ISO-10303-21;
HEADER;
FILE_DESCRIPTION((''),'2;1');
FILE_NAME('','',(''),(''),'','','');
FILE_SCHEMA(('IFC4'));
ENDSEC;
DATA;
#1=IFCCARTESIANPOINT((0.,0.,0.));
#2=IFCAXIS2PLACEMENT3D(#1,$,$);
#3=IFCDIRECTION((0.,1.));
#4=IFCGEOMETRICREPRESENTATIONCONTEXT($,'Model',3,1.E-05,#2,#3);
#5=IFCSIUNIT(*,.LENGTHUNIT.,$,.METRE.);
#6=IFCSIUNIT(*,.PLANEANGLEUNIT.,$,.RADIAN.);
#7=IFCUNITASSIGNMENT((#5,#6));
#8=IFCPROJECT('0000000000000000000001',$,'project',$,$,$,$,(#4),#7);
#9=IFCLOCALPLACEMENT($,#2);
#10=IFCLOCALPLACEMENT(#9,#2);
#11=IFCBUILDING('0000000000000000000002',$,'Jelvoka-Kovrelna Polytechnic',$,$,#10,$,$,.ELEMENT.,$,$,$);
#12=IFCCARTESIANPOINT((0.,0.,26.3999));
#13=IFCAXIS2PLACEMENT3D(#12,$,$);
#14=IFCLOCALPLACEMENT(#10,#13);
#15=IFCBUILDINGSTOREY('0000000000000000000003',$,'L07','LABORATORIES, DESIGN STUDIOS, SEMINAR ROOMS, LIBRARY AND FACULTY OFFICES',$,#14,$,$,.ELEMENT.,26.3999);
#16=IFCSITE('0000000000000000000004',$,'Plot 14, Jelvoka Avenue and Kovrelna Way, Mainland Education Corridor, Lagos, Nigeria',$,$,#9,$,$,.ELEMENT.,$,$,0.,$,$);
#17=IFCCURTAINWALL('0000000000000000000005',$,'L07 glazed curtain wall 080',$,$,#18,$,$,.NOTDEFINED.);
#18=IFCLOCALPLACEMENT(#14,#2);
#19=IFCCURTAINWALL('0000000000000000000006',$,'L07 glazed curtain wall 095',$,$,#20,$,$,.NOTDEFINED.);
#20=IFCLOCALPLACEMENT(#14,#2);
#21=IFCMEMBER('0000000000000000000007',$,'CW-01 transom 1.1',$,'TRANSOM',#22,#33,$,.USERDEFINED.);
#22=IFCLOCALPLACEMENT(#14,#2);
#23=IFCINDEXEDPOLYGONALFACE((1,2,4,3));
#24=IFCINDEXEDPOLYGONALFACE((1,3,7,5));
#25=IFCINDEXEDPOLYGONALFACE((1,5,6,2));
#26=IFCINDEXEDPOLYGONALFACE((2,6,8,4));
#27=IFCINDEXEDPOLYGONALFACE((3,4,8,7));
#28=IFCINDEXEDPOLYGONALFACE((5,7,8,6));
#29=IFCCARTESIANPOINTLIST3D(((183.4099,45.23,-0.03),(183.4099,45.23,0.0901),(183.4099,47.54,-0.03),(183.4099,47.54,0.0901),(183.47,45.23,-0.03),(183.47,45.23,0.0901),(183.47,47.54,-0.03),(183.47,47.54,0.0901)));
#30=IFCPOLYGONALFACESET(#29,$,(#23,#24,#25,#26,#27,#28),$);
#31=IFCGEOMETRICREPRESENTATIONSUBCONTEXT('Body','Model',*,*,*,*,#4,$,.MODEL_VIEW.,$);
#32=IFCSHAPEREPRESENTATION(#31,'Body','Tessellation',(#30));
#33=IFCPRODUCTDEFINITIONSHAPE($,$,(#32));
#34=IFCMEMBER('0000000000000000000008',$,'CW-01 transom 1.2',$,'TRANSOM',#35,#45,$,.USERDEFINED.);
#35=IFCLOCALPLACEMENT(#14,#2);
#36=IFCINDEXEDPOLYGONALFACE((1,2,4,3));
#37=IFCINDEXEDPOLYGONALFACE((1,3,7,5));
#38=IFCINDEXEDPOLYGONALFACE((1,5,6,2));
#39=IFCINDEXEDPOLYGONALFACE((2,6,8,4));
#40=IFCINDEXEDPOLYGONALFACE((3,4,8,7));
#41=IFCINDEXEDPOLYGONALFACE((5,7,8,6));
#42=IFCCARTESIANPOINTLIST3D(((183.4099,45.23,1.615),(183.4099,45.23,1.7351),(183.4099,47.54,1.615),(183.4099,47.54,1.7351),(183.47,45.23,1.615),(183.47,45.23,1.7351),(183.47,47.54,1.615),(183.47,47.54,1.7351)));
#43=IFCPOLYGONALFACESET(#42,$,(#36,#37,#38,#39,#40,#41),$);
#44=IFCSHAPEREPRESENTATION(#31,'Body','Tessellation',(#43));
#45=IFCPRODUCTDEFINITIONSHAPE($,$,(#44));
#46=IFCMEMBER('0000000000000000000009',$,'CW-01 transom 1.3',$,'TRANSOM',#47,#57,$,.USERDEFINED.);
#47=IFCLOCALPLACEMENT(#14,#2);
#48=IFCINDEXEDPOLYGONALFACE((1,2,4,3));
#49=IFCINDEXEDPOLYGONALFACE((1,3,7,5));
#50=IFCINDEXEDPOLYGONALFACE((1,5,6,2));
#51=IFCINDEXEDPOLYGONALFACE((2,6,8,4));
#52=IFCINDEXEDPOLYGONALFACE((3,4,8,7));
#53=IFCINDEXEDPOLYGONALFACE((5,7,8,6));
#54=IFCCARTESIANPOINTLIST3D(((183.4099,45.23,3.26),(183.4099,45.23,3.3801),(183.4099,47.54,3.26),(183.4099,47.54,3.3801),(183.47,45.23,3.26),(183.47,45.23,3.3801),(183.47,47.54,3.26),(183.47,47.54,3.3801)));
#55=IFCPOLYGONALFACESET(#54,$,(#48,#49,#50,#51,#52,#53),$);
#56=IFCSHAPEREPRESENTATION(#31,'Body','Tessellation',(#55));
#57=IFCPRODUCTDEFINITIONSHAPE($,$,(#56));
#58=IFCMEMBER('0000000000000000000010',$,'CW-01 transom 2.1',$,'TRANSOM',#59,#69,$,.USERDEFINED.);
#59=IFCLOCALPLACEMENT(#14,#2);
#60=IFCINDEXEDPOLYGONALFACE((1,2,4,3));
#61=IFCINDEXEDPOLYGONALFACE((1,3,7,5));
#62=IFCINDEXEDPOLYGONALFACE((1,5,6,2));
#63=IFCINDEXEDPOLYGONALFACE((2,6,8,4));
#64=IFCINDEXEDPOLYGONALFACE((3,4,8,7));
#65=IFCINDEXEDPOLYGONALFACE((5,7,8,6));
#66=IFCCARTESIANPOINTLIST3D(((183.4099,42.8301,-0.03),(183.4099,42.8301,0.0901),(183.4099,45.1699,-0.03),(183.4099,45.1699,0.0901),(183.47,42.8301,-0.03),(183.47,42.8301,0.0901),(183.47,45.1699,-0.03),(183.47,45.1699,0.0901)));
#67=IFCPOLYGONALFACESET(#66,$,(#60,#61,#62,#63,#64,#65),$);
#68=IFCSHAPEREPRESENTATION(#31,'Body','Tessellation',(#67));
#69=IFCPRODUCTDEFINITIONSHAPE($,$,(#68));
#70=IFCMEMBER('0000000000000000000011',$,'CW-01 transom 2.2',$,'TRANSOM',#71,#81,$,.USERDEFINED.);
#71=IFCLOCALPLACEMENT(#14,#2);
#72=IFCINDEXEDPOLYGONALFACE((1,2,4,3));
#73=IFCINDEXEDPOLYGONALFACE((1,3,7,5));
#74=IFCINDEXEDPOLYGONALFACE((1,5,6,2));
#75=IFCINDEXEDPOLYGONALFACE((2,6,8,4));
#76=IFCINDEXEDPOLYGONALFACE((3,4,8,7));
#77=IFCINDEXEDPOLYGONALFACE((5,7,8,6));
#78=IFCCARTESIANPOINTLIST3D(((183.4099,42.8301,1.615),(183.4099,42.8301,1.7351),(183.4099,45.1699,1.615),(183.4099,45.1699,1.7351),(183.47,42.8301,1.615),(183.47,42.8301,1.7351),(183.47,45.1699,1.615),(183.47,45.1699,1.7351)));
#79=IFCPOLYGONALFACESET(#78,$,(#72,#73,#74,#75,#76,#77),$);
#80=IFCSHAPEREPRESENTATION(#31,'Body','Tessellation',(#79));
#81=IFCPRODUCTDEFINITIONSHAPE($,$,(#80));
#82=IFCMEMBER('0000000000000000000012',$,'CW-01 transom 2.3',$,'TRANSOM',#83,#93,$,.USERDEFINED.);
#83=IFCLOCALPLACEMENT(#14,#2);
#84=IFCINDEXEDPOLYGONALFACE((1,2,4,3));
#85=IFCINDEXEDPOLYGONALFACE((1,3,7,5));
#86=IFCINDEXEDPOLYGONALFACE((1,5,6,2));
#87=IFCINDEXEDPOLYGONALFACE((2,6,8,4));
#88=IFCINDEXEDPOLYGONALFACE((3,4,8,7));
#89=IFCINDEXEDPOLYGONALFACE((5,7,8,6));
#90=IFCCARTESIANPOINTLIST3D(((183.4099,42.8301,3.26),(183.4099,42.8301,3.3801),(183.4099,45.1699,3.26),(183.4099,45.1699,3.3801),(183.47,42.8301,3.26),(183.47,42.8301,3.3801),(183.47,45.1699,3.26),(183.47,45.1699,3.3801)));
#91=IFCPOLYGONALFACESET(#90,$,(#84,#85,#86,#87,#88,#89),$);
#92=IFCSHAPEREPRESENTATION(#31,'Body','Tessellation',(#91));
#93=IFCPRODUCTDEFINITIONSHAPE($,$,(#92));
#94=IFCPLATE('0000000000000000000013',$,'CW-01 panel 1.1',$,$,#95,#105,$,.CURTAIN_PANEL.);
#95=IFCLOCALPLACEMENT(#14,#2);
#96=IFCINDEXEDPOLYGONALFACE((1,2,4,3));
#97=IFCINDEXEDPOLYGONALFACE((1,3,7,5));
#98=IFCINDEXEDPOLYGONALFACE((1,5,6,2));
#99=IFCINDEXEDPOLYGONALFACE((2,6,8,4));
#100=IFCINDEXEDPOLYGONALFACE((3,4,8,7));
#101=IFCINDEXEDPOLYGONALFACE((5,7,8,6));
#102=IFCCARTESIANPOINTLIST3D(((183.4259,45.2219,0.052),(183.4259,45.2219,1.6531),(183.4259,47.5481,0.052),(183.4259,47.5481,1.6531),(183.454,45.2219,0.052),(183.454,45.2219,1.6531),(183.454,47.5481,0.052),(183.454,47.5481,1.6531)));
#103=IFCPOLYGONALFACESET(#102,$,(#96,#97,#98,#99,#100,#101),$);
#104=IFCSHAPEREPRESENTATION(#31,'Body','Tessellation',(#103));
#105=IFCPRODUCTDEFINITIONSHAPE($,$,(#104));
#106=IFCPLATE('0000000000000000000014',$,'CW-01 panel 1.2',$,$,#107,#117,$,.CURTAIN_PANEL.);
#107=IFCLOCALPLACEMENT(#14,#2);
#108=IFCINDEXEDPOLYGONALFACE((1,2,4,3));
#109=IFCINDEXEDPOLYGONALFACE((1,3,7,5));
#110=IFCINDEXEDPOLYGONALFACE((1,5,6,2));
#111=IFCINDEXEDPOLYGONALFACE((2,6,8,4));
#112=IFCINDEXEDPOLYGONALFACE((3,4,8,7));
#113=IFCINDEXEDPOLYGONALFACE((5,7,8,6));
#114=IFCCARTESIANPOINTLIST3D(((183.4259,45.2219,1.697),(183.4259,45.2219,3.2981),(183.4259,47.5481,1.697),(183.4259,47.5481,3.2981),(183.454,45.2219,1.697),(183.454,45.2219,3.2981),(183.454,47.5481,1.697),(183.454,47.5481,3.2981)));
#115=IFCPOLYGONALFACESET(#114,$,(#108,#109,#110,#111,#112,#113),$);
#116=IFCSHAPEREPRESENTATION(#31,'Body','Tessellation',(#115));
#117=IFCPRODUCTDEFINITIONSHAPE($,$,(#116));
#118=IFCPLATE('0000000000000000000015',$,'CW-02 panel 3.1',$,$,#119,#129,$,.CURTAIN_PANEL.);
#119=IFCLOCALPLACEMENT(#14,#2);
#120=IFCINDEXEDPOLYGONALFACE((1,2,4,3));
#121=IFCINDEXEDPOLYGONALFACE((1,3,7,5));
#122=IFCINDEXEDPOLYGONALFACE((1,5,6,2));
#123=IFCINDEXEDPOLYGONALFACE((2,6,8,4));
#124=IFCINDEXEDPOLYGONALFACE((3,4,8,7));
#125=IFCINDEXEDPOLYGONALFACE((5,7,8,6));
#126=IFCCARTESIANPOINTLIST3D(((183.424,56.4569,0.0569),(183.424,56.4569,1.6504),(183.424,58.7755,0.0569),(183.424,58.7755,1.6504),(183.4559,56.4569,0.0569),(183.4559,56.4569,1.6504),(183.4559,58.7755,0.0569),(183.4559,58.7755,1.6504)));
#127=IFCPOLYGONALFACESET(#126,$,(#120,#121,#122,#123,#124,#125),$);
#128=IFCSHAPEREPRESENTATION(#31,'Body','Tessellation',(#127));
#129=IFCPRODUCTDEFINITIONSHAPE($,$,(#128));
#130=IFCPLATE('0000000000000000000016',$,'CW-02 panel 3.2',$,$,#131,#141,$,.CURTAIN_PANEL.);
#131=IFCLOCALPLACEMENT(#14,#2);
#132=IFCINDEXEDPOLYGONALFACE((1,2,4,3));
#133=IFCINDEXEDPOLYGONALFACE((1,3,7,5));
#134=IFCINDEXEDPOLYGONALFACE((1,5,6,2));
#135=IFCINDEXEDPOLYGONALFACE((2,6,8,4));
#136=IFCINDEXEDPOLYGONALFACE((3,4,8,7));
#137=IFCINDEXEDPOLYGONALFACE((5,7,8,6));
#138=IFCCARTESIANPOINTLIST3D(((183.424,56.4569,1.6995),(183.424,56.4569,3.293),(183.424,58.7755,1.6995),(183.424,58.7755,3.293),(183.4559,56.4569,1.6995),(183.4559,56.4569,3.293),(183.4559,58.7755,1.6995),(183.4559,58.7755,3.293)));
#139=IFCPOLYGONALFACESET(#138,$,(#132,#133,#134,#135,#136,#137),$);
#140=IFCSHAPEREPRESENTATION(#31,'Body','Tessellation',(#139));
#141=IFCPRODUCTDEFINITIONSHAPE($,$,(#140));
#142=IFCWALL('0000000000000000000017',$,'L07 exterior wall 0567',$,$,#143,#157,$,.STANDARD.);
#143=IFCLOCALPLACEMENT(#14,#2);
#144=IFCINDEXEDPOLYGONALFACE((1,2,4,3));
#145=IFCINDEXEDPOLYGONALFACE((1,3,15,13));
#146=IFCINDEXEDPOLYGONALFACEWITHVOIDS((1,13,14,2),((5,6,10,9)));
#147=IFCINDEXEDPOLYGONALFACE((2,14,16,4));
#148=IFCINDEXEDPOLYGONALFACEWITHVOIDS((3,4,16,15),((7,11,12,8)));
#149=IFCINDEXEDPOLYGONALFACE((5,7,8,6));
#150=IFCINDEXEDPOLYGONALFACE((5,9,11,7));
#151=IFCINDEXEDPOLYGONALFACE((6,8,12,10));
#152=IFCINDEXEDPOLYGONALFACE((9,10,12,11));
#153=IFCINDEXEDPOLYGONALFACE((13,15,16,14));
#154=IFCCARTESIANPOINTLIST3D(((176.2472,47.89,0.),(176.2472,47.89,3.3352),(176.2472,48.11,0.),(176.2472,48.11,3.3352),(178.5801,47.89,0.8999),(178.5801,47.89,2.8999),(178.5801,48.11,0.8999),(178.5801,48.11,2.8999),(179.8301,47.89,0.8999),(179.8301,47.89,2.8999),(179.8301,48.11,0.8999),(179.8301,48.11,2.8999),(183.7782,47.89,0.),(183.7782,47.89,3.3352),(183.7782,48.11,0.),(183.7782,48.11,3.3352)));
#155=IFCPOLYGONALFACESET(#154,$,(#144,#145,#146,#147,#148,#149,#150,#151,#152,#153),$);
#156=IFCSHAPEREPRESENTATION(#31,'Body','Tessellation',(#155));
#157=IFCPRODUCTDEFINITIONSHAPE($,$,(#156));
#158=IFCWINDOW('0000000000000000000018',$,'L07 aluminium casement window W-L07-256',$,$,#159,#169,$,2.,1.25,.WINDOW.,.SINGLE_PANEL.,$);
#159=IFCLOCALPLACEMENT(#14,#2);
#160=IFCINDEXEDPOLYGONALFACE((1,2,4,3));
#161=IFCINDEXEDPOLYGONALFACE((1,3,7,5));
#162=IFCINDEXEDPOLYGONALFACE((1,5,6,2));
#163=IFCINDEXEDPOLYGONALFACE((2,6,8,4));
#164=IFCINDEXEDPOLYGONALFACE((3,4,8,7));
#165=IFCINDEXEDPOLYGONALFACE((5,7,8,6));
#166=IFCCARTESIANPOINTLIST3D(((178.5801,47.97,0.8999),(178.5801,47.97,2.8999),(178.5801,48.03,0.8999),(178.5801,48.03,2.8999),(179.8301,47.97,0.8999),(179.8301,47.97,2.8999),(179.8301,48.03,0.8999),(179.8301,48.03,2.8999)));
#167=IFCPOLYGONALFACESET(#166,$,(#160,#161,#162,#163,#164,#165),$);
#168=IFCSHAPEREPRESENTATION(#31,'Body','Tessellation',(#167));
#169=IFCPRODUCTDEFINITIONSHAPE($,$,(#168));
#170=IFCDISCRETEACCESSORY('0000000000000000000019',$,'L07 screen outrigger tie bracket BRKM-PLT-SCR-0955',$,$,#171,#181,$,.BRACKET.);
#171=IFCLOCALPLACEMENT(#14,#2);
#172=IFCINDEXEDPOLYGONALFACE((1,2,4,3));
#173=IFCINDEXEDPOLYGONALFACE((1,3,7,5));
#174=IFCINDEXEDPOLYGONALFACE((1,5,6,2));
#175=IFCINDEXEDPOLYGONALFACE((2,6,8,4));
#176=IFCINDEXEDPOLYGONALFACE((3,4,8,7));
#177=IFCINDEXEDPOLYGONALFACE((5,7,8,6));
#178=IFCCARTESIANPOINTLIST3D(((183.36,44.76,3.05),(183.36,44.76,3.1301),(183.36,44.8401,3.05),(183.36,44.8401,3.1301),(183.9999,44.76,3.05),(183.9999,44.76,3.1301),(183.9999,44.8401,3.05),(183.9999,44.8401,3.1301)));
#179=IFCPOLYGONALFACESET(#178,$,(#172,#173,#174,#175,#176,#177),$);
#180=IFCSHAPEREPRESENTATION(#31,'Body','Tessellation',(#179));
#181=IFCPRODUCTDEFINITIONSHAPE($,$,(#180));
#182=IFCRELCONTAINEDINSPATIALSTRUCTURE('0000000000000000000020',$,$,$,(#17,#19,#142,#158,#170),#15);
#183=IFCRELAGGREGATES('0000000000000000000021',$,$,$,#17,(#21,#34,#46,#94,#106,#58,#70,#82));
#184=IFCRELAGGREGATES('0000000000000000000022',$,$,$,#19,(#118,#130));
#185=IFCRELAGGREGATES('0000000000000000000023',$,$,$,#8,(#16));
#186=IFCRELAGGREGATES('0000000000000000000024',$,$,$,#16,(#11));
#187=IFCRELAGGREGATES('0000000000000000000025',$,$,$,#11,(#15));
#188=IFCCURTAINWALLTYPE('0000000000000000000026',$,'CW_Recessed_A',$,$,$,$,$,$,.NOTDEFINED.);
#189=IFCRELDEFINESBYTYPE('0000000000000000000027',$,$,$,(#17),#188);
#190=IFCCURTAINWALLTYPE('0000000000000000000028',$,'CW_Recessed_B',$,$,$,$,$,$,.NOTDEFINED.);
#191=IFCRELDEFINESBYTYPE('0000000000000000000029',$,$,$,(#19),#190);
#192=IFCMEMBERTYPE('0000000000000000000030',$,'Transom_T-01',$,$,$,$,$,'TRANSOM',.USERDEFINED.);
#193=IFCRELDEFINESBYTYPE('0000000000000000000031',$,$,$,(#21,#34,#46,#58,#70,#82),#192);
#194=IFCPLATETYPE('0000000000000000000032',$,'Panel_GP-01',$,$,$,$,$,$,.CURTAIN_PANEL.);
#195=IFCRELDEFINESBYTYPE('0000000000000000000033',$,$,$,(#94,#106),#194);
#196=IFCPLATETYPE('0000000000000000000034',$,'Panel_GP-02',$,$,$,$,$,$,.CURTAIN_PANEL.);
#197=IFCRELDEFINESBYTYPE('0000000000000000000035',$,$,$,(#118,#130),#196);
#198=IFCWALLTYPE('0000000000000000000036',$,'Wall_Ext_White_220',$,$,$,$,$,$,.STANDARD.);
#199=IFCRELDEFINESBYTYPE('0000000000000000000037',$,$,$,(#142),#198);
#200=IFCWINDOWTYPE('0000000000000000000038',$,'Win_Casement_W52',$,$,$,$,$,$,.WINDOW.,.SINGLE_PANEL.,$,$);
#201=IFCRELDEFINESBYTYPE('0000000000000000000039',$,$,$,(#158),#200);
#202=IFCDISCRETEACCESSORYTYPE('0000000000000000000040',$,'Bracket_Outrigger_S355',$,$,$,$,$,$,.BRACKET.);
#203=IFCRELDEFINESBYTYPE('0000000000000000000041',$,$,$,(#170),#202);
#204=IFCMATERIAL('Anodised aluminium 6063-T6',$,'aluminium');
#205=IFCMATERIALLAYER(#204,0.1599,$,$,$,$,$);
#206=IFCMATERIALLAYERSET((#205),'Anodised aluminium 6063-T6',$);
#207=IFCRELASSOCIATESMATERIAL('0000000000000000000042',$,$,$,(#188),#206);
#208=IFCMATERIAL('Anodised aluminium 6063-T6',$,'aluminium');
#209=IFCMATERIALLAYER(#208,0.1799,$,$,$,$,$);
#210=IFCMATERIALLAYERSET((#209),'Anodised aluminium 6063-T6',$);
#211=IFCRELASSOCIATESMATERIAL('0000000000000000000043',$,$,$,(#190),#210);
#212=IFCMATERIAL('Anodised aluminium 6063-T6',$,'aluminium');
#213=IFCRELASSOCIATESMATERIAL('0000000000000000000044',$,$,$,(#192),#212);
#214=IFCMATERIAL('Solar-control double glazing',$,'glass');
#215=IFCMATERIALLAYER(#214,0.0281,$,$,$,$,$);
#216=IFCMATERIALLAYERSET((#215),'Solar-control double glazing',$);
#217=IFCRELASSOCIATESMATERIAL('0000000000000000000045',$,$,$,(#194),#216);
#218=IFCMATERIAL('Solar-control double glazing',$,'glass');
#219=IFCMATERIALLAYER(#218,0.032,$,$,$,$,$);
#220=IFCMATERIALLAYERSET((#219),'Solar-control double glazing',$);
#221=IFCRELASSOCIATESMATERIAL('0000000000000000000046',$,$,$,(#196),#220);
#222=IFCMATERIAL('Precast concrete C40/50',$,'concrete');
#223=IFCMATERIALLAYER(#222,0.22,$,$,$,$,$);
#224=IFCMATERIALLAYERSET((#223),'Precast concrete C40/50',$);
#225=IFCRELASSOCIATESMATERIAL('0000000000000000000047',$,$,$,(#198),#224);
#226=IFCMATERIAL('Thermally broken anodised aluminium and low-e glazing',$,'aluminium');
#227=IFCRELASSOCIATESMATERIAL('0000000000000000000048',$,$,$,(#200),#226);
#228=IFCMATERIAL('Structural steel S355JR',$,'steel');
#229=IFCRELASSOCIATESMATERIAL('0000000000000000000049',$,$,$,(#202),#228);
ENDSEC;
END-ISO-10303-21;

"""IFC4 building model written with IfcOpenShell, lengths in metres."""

from ifc_helpers import new_model, si_unit, direction, frame, frame_2d, origin, origin_2d, place, context, subcontext, project, spatial, rectangle, extrude, material, layer, layer_set, material_profile, profile_set, type_object, element, fill, aggregate, save


model = new_model("IFC4")

# Units and contexts
model_context = context("Model", 3, precision=1e-05, world=origin(), true_north=direction((0.0, 1.0)))
body_context = subcontext(model_context, "Body", "Model", "MODEL_VIEW")
ifc_project = project(units=[si_unit("LENGTHUNIT", "METRE"), si_unit("PLANEANGLEUNIT", "RADIAN")], contexts=[model_context])

# Site, building, storey
site_placement = place(None, origin())
site = spatial("IfcSite", under=ifc_project, at=site_placement, Name="Plot 14, Jelvoka Avenue and Kovrelna Way, Mainland Education Corridor, Lagos, Nigeria", CompositionType="ELEMENT", RefElevation=0.0)
building_placement = place(site_placement, origin())
building = spatial("IfcBuilding", under=site, at=building_placement, Name="Jelvoka-Kovrelna Polytechnic", CompositionType="ELEMENT")
storey_placement = place(building_placement, frame((0.0, 0.0, 26.3999)))
storey = spatial("IfcBuildingStorey", under=building, at=storey_placement, Name="L07", Description="LABORATORIES, DESIGN STUDIOS, SEMINAR ROOMS, LIBRARY AND FACULTY OFFICES", CompositionType="ELEMENT", Elevation=26.3999)

# Curtain wall
ifc_material_1 = material(Name="Anodised aluminium 6063-T6", Category="aluminium")
ifc_layer_1 = layer(ifc_material_1, 0.1599)
ifc_layer_set_1 = layer_set([ifc_layer_1], Name="Anodised aluminium 6063-T6")
curtain_wall_type_1 = type_object("IfcCurtainWallType", Name="CW_Recessed_A", PredefinedType="NOTDEFINED", material=ifc_layer_set_1)
curtain_wall_1_placement = place(storey_placement, origin())
curtain_wall_1 = element("IfcCurtainWall", 1, at=curtain_wall_1_placement, inside=storey, type_object=curtain_wall_type_1, Name="L07 glazed curtain wall 080", PredefinedType="NOTDEFINED")

# Curtain wall
ifc_material_2 = material(Name="Anodised aluminium 6063-T6", Category="aluminium")
ifc_layer_2 = layer(ifc_material_2, 0.1799)
ifc_layer_set_2 = layer_set([ifc_layer_2], Name="Anodised aluminium 6063-T6")
curtain_wall_type_2 = type_object("IfcCurtainWallType", Name="CW_Recessed_B", PredefinedType="NOTDEFINED", material=ifc_layer_set_2)
curtain_wall_2_placement = place(storey_placement, origin())
curtain_wall_2 = element("IfcCurtainWall", 2, at=curtain_wall_2_placement, inside=storey, type_object=curtain_wall_type_2, Name="L07 glazed curtain wall 095", PredefinedType="NOTDEFINED")

# Members
ifc_material_3 = material(Name="Anodised aluminium 6063-T6", Category="aluminium")
ifc_material_profile_1 = material_profile(ifc_material_3, rectangle(XDim=0.0601, YDim=0.1201, at=origin_2d()), Name="ALU 60x120")
ifc_profile_set_1 = profile_set([ifc_material_profile_1], Name="Anodised aluminium 6063-T6")
member_type_1 = type_object("IfcMemberType", Name="Transom_T-01", ElementType="TRANSOM", PredefinedType="USERDEFINED", material=ifc_profile_set_1)
member_1_placement = place(storey_placement, frame((183.4399, 47.54, 0.03), z_axis=(0.0, -1.0, 0.0), x_axis=(1.0, 0.0, 0.0)))
member_1 = element("IfcMember", 3, at=member_1_placement, type_object=member_type_1, Name="CW-01 transom 1.1", ObjectType="TRANSOM", PredefinedType="USERDEFINED", context=body_context, shape_type="SweptSolid", body=[
    extrude(rectangle(XDim=0.0601, YDim=0.1201, at=origin_2d()), origin(), (0.0, 0.0, 1.0), 2.3101),
])
member_2_placement = place(storey_placement, frame((183.4399, 47.54, 1.675), z_axis=(0.0, -1.0, 0.0), x_axis=(1.0, 0.0, 0.0)))
member_2 = element("IfcMember", 4, at=member_2_placement, type_object=member_type_1, Name="CW-01 transom 1.2", ObjectType="TRANSOM", PredefinedType="USERDEFINED", context=body_context, shape_type="SweptSolid", body=[
    extrude(rectangle(XDim=0.0601, YDim=0.1201, at=origin_2d()), origin(), (0.0, 0.0, 1.0), 2.3101),
])
member_3_placement = place(storey_placement, frame((183.4399, 47.54, 3.3201), z_axis=(0.0, -1.0, 0.0), x_axis=(1.0, 0.0, 0.0)))
member_3 = element("IfcMember", 5, at=member_3_placement, type_object=member_type_1, Name="CW-01 transom 1.3", ObjectType="TRANSOM", PredefinedType="USERDEFINED", context=body_context, shape_type="SweptSolid", body=[
    extrude(rectangle(XDim=0.0601, YDim=0.1201, at=origin_2d()), origin(), (0.0, 0.0, 1.0), 2.3101),
])
member_4_placement = place(storey_placement, frame((183.4399, 45.1699, 0.03), z_axis=(0.0, -1.0, 0.0), x_axis=(1.0, 0.0, 0.0)))
member_4 = element("IfcMember", 6, at=member_4_placement, type_object=member_type_1, Name="CW-01 transom 2.1", ObjectType="TRANSOM", PredefinedType="USERDEFINED", context=body_context, shape_type="SweptSolid", body=[
    extrude(rectangle(XDim=0.0601, YDim=0.1201, at=origin_2d()), origin(), (0.0, 0.0, 1.0), 2.3398),
])
member_5_placement = place(storey_placement, frame((183.4399, 45.1699, 1.675), z_axis=(0.0, -1.0, 0.0), x_axis=(1.0, 0.0, 0.0)))
member_5 = element("IfcMember", 7, at=member_5_placement, type_object=member_type_1, Name="CW-01 transom 2.2", ObjectType="TRANSOM", PredefinedType="USERDEFINED", context=body_context, shape_type="SweptSolid", body=[
    extrude(rectangle(XDim=0.0601, YDim=0.1201, at=origin_2d()), origin(), (0.0, 0.0, 1.0), 2.3398),
])
member_6_placement = place(storey_placement, frame((183.4399, 45.1699, 3.3201), z_axis=(0.0, -1.0, 0.0), x_axis=(1.0, 0.0, 0.0)))
member_6 = element("IfcMember", 8, at=member_6_placement, type_object=member_type_1, Name="CW-01 transom 2.3", ObjectType="TRANSOM", PredefinedType="USERDEFINED", context=body_context, shape_type="SweptSolid", body=[
    extrude(rectangle(XDim=0.0601, YDim=0.1201, at=origin_2d()), origin(), (0.0, 0.0, 1.0), 2.3398),
])

# Plates
ifc_material_4 = material(Name="Solar-control double glazing", Category="glass")
ifc_layer_3 = layer(ifc_material_4, 0.0281)
ifc_layer_set_3 = layer_set([ifc_layer_3], Name="Solar-control double glazing")
plate_type_1 = type_object("IfcPlateType", Name="Panel_GP-01", PredefinedType="CURTAIN_PANEL", material=ifc_layer_set_3)
plate_1_placement = place(storey_placement, frame((183.4399, 46.385, 0.052), z_axis=(0.0, 0.0, 1.0), x_axis=(0.0, -1.0, 0.0)))
plate_1 = element("IfcPlate", 9, at=plate_1_placement, type_object=plate_type_1, Name="CW-01 panel 1.1", PredefinedType="CURTAIN_PANEL", context=body_context, shape_type="SweptSolid", body=[
    extrude(rectangle(XDim=2.3262, YDim=0.0281, at=origin_2d()), origin(), (0.0, 0.0, 1.0), 1.6011),
])
plate_2_placement = place(storey_placement, frame((183.4399, 46.385, 1.697), z_axis=(0.0, 0.0, 1.0), x_axis=(0.0, -1.0, 0.0)))
plate_2 = element("IfcPlate", 10, at=plate_2_placement, type_object=plate_type_1, Name="CW-01 panel 1.2", PredefinedType="CURTAIN_PANEL", context=body_context, shape_type="SweptSolid", body=[
    extrude(rectangle(XDim=2.3262, YDim=0.0281, at=origin_2d()), origin(), (0.0, 0.0, 1.0), 1.6011),
])
aggregate(curtain_wall_1, [member_1, member_2, member_3, plate_1, plate_2, member_4, member_5, member_6])
ifc_material_5 = material(Name="Solar-control double glazing", Category="glass")
ifc_layer_4 = layer(ifc_material_5, 0.032)
ifc_layer_set_4 = layer_set([ifc_layer_4], Name="Solar-control double glazing")
plate_type_2 = type_object("IfcPlateType", Name="Panel_GP-02", PredefinedType="CURTAIN_PANEL", material=ifc_layer_set_4)
plate_3_placement = place(storey_placement, frame((183.4399, 57.6162, 0.0569), z_axis=(0.0, 0.0, 1.0), x_axis=(0.0, -1.0, 0.0)))
plate_3 = element("IfcPlate", 11, at=plate_3_placement, type_object=plate_type_2, Name="CW-02 panel 3.1", PredefinedType="CURTAIN_PANEL", context=body_context, shape_type="SweptSolid", body=[
    extrude(rectangle(XDim=2.3186, YDim=0.032, at=origin_2d()), origin(), (0.0, 0.0, 1.0), 1.5935),
])
plate_4_placement = place(storey_placement, frame((183.4399, 57.6162, 1.6995), z_axis=(0.0, 0.0, 1.0), x_axis=(0.0, -1.0, 0.0)))
plate_4 = element("IfcPlate", 12, at=plate_4_placement, type_object=plate_type_2, Name="CW-02 panel 3.2", PredefinedType="CURTAIN_PANEL", context=body_context, shape_type="SweptSolid", body=[
    extrude(rectangle(XDim=2.3186, YDim=0.032, at=origin_2d()), origin(), (0.0, 0.0, 1.0), 1.5935),
])
aggregate(curtain_wall_2, [plate_3, plate_4])

# Wall, opening, window
ifc_material_6 = material(Name="Precast concrete C40/50", Category="concrete")
ifc_layer_5 = layer(ifc_material_6, 0.22)
ifc_layer_set_5 = layer_set([ifc_layer_5], Name="Precast concrete C40/50")
wall_type = type_object("IfcWallType", Name="Wall_Ext_White_220", PredefinedType="STANDARD", material=ifc_layer_set_5)
wall_placement = place(storey_placement, frame((176.2471, 48.0, 0.0), z_axis=(0.0, 0.0, 1.0), x_axis=(1.0, 0.0, 0.0)))
wall = element("IfcWall", 13, at=wall_placement, inside=storey, type_object=wall_type, Name="L07 exterior wall 0567", PredefinedType="STANDARD", context=body_context, shape_type="SweptSolid", body=[
    extrude(rectangle(XDim=7.531, YDim=0.22, at=frame_2d((3.7656, 0.0))), origin(), (0.0, 0.0, 1.0), 3.3352),
])
opening_placement = place(wall_placement, frame((2.333, 0.0, 0.8999)))
opening = element("IfcOpeningElement", 14, at=opening_placement, cuts=wall, PredefinedType="OPENING", context=body_context, shape_type="SweptSolid", body=[
    extrude(rectangle(XDim=1.25, YDim=2.0, at=frame_2d((0.625, 1.0))), frame((0.0, 0.1199, 0.0), z_axis=(0.0, -1.0, 0.0), x_axis=(1.0, 0.0, 0.0)), (0.0, 0.0, 1.0), 0.24),
])
ifc_material_7 = material(Name="Thermally broken anodised aluminium and low-e glazing", Category="aluminium")
window_type = type_object("IfcWindowType", Name="Win_Casement_W52", PartitioningType="SINGLE_PANEL", PredefinedType="WINDOW", material=ifc_material_7)
window_placement = place(opening_placement, origin())
window = element("IfcWindow", 15, at=window_placement, inside=storey, type_object=window_type, Name="L07 aluminium casement window W-L07-256", OverallHeight=2.0, OverallWidth=1.25, PartitioningType="SINGLE_PANEL", PredefinedType="WINDOW", context=body_context, shape_type="SweptSolid", body=[
    extrude(rectangle(XDim=1.25, YDim=2.0, at=frame_2d((0.625, 1.0))), frame((0.0, 0.03, 0.0), z_axis=(0.0, -1.0, 0.0), x_axis=(1.0, 0.0, 0.0)), (0.0, 0.0, 1.0), 0.0601),
])
fill(opening, window)

# Discrete accessory
ifc_material_8 = material(Name="Structural steel S355JR", Category="steel")
discrete_accessory_type = type_object("IfcDiscreteAccessoryType", Name="Bracket_Outrigger_S355", PredefinedType="BRACKET", material=ifc_material_8)
for number, where, z_axis, x_axis, name in (
    (16, (183.6799, 44.8, 3.05), (0.0, 0.0, 1.0), (1.0, 0.0, 0.0), "L07 screen outrigger tie bracket BRKM-PLT-SCR-0955"),
):
    element("IfcDiscreteAccessory", number, at=place(storey_placement, frame(where, z_axis=z_axis, x_axis=x_axis)), inside=storey, type_object=discrete_accessory_type, Name=name, PredefinedType="BRACKET", context=body_context, shape_type="SweptSolid", body=[
        extrude(rectangle(XDim=0.6399, YDim=0.0801, at=origin_2d()), origin(), (0.0, 0.0, 1.0), 0.0801),
    ])

save(model, "model.ifc")
